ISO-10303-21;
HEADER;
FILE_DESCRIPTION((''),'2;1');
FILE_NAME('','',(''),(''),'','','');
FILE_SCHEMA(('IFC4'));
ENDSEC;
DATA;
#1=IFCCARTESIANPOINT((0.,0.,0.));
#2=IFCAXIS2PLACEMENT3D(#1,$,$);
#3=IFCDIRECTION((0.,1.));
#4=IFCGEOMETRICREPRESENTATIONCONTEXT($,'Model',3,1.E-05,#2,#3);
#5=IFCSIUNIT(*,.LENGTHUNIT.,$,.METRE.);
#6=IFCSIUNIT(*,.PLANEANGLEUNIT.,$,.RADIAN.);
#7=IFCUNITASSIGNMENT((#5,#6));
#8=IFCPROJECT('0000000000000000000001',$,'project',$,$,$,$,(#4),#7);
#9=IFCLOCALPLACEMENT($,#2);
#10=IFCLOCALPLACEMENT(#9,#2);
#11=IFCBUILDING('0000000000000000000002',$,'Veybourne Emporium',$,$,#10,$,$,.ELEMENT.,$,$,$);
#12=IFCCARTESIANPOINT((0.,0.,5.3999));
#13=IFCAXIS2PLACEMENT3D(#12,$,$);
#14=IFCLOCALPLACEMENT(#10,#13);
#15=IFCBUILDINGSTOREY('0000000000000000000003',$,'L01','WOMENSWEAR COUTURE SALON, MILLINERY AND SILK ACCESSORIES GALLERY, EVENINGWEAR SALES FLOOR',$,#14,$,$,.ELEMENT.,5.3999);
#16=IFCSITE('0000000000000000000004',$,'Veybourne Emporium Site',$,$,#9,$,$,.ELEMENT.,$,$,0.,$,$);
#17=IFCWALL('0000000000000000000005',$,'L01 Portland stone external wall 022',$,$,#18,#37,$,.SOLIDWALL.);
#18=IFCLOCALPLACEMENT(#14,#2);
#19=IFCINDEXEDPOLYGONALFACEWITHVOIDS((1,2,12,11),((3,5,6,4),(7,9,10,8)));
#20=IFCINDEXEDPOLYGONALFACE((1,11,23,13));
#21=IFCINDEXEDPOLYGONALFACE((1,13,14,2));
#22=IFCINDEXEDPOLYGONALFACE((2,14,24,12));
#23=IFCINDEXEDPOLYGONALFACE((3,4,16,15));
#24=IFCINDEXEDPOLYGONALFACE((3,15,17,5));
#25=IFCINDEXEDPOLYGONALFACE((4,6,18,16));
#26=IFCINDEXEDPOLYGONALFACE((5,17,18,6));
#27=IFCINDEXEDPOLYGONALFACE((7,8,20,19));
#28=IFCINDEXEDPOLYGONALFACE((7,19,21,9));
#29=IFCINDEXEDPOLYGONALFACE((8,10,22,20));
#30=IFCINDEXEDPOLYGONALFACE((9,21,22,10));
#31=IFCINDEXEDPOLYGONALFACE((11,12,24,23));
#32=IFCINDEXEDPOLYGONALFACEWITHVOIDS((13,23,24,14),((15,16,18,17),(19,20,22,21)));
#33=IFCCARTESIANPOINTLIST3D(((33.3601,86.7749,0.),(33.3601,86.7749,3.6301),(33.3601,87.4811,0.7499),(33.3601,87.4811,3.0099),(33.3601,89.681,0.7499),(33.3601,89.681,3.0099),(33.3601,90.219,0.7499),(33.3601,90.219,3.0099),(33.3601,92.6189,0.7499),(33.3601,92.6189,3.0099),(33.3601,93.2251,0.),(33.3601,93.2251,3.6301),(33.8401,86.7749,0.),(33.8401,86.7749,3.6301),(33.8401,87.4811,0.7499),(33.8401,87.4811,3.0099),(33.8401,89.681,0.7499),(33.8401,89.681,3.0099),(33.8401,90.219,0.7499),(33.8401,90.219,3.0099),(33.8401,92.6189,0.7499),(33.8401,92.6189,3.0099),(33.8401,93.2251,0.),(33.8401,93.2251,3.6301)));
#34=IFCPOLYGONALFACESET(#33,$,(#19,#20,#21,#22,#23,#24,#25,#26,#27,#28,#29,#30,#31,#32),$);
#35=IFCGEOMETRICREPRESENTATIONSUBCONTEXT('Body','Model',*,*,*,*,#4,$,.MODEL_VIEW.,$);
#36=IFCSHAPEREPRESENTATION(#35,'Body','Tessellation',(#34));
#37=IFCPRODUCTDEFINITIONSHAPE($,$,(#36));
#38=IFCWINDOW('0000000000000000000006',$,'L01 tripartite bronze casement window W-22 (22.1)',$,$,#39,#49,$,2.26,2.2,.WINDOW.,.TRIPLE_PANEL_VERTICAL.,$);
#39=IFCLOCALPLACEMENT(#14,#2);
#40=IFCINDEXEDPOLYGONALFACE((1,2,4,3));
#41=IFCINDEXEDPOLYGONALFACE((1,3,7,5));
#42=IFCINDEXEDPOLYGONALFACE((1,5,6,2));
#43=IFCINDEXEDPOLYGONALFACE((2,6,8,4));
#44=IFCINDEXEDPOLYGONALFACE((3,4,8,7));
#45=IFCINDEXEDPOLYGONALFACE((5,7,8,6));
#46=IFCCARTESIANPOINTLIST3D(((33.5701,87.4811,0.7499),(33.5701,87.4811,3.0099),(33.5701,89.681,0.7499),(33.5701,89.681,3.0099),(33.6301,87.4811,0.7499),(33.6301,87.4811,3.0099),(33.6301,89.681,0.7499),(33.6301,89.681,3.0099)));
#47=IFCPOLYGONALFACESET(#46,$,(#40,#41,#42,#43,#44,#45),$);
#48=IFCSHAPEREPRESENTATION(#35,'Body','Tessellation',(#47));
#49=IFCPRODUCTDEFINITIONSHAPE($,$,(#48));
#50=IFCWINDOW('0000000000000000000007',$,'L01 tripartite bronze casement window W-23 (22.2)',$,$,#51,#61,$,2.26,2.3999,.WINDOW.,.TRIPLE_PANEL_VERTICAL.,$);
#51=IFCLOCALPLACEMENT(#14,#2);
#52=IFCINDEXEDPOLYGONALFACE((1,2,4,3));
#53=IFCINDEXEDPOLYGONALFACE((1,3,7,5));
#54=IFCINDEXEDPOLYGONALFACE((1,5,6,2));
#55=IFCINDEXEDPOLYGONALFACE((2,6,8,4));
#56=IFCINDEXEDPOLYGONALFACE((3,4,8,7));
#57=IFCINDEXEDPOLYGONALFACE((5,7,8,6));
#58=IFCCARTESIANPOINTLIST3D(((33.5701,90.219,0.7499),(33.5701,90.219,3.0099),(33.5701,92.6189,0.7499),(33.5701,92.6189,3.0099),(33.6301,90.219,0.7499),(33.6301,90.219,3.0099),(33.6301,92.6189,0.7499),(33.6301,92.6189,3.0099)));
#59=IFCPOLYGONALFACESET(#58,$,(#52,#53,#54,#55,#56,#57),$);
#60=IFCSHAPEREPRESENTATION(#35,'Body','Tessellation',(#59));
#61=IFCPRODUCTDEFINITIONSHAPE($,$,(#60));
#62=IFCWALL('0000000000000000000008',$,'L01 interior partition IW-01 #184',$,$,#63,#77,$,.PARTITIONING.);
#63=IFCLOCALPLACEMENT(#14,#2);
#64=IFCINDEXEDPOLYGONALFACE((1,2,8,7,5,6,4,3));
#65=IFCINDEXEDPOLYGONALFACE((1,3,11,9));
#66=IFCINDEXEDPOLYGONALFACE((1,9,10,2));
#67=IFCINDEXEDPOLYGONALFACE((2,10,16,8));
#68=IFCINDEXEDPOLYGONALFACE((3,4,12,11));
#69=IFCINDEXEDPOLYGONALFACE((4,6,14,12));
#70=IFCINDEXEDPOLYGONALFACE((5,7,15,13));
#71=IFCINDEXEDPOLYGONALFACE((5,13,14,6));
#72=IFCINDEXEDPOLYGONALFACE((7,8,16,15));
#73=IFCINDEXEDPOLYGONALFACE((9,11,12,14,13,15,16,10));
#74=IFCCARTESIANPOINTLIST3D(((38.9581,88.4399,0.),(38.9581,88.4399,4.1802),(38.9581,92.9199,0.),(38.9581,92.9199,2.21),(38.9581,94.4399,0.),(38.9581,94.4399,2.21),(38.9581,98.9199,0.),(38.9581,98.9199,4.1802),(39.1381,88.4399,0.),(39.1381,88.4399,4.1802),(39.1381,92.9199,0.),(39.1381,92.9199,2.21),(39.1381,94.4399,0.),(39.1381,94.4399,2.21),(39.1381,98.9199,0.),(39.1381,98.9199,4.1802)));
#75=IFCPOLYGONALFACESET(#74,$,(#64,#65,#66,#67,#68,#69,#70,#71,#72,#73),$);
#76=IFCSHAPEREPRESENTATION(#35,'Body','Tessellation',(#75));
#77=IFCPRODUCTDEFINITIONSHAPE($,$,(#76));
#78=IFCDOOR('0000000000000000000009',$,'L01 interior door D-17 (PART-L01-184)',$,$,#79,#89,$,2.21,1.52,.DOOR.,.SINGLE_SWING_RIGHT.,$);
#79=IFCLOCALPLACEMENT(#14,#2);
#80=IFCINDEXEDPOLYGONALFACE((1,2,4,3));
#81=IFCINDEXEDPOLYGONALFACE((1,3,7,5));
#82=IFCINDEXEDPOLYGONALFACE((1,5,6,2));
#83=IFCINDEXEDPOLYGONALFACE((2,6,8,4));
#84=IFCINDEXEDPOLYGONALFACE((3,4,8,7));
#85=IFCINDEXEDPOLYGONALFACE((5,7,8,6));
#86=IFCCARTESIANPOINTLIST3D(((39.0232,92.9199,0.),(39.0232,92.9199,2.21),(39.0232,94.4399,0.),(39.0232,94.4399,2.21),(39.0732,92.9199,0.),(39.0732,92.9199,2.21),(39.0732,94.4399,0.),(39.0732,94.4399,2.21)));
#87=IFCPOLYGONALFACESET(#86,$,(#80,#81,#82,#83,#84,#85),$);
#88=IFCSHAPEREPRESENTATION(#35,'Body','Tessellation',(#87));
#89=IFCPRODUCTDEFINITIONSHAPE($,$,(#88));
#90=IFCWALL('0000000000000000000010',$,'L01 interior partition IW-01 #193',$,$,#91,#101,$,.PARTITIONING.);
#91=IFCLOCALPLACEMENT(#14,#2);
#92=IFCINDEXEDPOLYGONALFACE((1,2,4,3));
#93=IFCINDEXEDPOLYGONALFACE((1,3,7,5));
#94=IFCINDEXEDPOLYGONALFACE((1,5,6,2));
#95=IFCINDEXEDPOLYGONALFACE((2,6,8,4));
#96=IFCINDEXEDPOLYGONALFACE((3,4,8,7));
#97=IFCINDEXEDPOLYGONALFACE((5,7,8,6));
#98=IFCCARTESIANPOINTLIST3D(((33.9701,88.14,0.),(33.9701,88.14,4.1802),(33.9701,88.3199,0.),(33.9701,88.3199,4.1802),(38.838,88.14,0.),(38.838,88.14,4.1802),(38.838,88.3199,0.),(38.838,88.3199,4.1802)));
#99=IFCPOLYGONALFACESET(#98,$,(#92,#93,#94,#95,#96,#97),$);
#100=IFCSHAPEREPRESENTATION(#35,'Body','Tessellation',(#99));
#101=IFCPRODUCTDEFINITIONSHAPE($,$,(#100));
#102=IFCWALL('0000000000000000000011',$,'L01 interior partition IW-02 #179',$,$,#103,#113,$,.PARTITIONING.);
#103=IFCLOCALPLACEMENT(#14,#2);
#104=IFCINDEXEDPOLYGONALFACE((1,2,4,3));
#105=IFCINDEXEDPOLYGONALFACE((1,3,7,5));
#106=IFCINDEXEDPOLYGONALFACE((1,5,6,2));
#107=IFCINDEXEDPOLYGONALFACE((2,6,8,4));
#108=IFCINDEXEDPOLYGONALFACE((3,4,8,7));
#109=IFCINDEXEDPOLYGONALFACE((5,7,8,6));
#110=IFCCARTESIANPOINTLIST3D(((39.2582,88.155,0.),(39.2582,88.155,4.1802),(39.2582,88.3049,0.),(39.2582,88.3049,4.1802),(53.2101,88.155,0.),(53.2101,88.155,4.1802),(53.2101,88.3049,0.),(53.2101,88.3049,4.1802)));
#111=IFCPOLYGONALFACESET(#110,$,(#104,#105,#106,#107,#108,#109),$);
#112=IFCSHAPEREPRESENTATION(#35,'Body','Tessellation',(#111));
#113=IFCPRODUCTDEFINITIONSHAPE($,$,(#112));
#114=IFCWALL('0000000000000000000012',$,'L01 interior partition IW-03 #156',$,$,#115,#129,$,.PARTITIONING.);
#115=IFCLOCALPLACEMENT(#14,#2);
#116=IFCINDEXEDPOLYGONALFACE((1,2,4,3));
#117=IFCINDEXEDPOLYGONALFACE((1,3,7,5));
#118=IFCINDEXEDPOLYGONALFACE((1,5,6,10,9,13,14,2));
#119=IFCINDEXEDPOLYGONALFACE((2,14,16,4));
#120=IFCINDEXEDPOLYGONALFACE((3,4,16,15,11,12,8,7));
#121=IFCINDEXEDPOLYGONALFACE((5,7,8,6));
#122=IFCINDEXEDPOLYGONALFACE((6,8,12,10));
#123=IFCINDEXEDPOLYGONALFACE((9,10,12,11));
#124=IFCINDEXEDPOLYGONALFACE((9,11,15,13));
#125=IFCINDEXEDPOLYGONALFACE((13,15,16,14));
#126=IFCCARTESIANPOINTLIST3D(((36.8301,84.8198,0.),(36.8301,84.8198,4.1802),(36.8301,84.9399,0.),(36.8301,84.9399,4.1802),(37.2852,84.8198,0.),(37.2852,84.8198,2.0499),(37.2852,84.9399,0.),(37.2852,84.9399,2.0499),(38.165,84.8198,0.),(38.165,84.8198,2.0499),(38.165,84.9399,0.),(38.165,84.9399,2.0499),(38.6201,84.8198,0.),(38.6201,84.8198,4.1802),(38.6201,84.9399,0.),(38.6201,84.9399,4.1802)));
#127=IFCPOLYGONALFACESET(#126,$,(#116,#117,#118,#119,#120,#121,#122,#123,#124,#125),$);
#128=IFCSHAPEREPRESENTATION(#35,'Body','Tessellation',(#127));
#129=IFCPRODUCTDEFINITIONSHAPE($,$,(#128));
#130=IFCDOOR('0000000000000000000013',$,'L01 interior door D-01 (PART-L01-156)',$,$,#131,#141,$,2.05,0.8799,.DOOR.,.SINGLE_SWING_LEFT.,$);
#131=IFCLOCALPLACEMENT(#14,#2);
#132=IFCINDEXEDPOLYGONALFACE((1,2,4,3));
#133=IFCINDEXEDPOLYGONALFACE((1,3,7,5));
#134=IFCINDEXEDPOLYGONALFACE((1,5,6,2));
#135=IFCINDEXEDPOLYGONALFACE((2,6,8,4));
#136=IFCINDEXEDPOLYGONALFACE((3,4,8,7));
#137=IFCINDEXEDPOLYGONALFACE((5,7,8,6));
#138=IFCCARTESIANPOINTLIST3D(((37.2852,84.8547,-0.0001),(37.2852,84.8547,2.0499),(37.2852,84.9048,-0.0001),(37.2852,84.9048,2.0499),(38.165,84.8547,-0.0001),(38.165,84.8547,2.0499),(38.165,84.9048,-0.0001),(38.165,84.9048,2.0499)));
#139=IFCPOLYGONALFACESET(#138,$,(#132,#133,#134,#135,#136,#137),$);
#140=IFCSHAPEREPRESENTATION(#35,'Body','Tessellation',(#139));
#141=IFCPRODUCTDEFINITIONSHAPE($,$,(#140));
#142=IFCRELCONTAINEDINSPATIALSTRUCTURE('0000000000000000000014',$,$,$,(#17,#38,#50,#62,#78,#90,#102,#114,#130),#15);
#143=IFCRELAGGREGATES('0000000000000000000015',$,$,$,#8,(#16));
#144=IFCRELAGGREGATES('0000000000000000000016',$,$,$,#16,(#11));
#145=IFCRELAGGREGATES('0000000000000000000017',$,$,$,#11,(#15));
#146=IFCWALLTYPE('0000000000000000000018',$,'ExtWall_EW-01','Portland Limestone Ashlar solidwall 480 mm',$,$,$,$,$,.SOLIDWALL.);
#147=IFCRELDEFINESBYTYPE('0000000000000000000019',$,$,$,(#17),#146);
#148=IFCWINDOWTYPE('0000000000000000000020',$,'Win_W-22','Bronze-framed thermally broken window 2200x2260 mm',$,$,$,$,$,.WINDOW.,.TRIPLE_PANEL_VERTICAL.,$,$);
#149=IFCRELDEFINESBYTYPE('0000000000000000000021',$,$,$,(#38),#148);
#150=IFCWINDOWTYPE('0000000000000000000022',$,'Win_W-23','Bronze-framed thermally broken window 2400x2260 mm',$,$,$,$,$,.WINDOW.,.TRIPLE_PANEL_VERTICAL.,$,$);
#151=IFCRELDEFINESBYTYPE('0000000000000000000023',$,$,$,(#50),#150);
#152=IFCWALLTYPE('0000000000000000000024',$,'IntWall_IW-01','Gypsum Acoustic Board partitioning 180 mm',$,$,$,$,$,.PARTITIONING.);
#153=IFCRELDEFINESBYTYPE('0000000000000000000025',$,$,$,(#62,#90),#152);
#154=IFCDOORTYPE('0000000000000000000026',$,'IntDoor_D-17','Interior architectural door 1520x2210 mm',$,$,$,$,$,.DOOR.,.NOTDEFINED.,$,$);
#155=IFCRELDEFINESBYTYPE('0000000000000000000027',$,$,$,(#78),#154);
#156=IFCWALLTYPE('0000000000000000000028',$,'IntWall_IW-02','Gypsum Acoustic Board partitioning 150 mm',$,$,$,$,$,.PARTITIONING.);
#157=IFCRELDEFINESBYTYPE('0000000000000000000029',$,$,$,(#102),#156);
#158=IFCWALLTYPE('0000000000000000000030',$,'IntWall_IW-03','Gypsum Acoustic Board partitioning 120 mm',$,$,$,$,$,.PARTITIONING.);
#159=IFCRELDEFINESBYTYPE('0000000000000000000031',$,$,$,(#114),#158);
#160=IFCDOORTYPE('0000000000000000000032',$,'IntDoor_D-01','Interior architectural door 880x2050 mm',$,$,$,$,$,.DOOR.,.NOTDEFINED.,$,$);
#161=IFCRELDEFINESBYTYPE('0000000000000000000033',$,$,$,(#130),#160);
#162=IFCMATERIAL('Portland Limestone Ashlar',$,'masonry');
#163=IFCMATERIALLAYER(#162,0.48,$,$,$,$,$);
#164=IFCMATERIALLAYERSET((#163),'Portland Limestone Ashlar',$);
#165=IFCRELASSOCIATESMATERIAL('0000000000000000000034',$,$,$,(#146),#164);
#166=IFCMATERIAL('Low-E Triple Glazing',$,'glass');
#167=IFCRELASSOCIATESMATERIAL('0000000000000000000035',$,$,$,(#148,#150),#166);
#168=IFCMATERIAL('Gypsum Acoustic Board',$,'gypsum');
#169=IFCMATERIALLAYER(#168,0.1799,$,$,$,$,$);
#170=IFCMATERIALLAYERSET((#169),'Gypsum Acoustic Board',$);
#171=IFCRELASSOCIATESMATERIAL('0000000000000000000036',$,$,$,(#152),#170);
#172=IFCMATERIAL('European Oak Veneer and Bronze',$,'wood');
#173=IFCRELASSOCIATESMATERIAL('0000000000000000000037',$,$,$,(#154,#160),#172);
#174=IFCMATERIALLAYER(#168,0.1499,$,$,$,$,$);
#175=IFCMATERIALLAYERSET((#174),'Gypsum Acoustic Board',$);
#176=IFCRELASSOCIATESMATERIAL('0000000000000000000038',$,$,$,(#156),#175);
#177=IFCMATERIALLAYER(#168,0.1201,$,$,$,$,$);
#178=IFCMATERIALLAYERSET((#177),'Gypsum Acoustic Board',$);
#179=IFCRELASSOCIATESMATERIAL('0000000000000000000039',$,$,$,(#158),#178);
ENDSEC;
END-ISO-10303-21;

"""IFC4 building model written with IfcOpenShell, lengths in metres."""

from ifc_helpers import new_model, si_unit, direction, frame, frame_2d, origin, place, context, subcontext, project, spatial, rectangle, extrude, material, layer, layer_set, type_object, element, fill, save


model = new_model("IFC4")

# Units and contexts
model_context = context("Model", 3, precision=1e-05, world=origin(), true_north=direction((0.0, 1.0)))
body_context = subcontext(model_context, "Body", "Model", "MODEL_VIEW")
ifc_project = project(units=[si_unit("LENGTHUNIT", "METRE"), si_unit("PLANEANGLEUNIT", "RADIAN")], contexts=[model_context])

# Site, building, storey
site_placement = place(None, origin())
site = spatial("IfcSite", under=ifc_project, at=site_placement, Name="Veybourne Emporium Site", CompositionType="ELEMENT", RefElevation=0.0)
building_placement = place(site_placement, origin())
building = spatial("IfcBuilding", under=site, at=building_placement, Name="Veybourne Emporium", CompositionType="ELEMENT")
storey_placement = place(building_placement, frame((0.0, 0.0, 5.3999)))
storey = spatial("IfcBuildingStorey", under=building, at=storey_placement, Name="L01", Description="WOMENSWEAR COUTURE SALON, MILLINERY AND SILK ACCESSORIES GALLERY, EVENINGWEAR SALES FLOOR", CompositionType="ELEMENT", Elevation=5.3999)

# Wall, openings, windows
ifc_material_1 = material(Name="Portland Limestone Ashlar", Category="masonry")
ifc_layer_1 = layer(ifc_material_1, 0.48)
ifc_layer_set_1 = layer_set([ifc_layer_1], Name="Portland Limestone Ashlar")
wall_type_1 = type_object("IfcWallType", Name="ExtWall_EW-01", Description="Portland Limestone Ashlar solidwall 480 mm", PredefinedType="SOLIDWALL", material=ifc_layer_set_1)
wall_1_placement = place(storey_placement, frame((33.6001, 86.7749, 0.0), z_axis=(0.0, 0.0, 1.0), x_axis=(0.0, 1.0, 0.0)))
wall_1 = element("IfcWall", 1, at=wall_1_placement, inside=storey, type_object=wall_type_1, Name="L01 Portland stone external wall 022", PredefinedType="SOLIDWALL", context=body_context, shape_type="SweptSolid", body=[
    extrude(rectangle(XDim=6.4502, YDim=0.48, at=frame_2d((3.2251, 0.0))), origin(), (0.0, 0.0, 1.0), 3.6301),
])
opening_1_placement = place(wall_1_placement, frame((0.7061, 0.0, 0.75)))
opening_1 = element("IfcOpeningElement", 2, at=opening_1_placement, cuts=wall_1, PredefinedType="OPENING", context=body_context, shape_type="SweptSolid", body=[
    extrude(rectangle(XDim=2.2, YDim=2.26, at=frame_2d((1.1001, 1.1299))), frame((0.0, 0.26, 0.0), z_axis=(0.0, -1.0, 0.0), x_axis=(1.0, 0.0, 0.0)), (0.0, 0.0, 1.0), 0.52),
])
opening_2_placement = place(wall_1_placement, frame((3.4441, 0.0, 0.75)))
opening_2 = element("IfcOpeningElement", 3, at=opening_2_placement, cuts=wall_1, PredefinedType="OPENING", context=body_context, shape_type="SweptSolid", body=[
    extrude(rectangle(XDim=2.3999, YDim=2.26, at=frame_2d((1.2, 1.1299))), frame((0.0, 0.26, 0.0), z_axis=(0.0, -1.0, 0.0), x_axis=(1.0, 0.0, 0.0)), (0.0, 0.0, 1.0), 0.52),
])
ifc_material_2 = material(Name="Low-E Triple Glazing", Category="glass")
window_type_1 = type_object("IfcWindowType", Name="Win_W-22", Description="Bronze-framed thermally broken window 2200x2260 mm", PartitioningType="TRIPLE_PANEL_VERTICAL", PredefinedType="WINDOW", material=ifc_material_2)
window_1_placement = place(opening_1_placement, origin())
window_1 = element("IfcWindow", 4, at=window_1_placement, inside=storey, type_object=window_type_1, Name="L01 tripartite bronze casement window W-22 (22.1)", OverallHeight=2.26, OverallWidth=2.2, PartitioningType="TRIPLE_PANEL_VERTICAL", PredefinedType="WINDOW", context=body_context, shape_type="SweptSolid", body=[
    extrude(rectangle(XDim=2.2, YDim=2.26, at=frame_2d((1.1001, 1.1299))), frame((0.0, 0.03, 0.0), z_axis=(0.0, -1.0, 0.0), x_axis=(1.0, 0.0, 0.0)), (0.0, 0.0, 1.0), 0.0601),
])
fill(opening_1, window_1)
window_type_2 = type_object("IfcWindowType", Name="Win_W-23", Description="Bronze-framed thermally broken window 2400x2260 mm", PartitioningType="TRIPLE_PANEL_VERTICAL", PredefinedType="WINDOW", material=ifc_material_2)
window_2_placement = place(opening_2_placement, origin())
window_2 = element("IfcWindow", 5, at=window_2_placement, inside=storey, type_object=window_type_2, Name="L01 tripartite bronze casement window W-23 (22.2)", OverallHeight=2.26, OverallWidth=2.3999, PartitioningType="TRIPLE_PANEL_VERTICAL", PredefinedType="WINDOW", context=body_context, shape_type="SweptSolid", body=[
    extrude(rectangle(XDim=2.3999, YDim=2.26, at=frame_2d((1.2, 1.1299))), frame((0.0, 0.03, 0.0), z_axis=(0.0, -1.0, 0.0), x_axis=(1.0, 0.0, 0.0)), (0.0, 0.0, 1.0), 0.0601),
])
fill(opening_2, window_2)

# Wall, opening, door
ifc_material_3 = material(Name="Gypsum Acoustic Board", Category="gypsum")
ifc_layer_2 = layer(ifc_material_3, 0.1799)
ifc_layer_set_2 = layer_set([ifc_layer_2], Name="Gypsum Acoustic Board")
wall_type_2 = type_object("IfcWallType", Name="IntWall_IW-01", Description="Gypsum Acoustic Board partitioning 180 mm", PredefinedType="PARTITIONING", material=ifc_layer_set_2)
wall_2_placement = place(storey_placement, frame((39.0481, 88.4399, 0.0), z_axis=(0.0, 0.0, 1.0), x_axis=(0.0, 1.0, 0.0)))
wall_2 = element("IfcWall", 6, at=wall_2_placement, inside=storey, type_object=wall_type_2, Name="L01 interior partition IW-01 #184", PredefinedType="PARTITIONING", context=body_context, shape_type="SweptSolid", body=[
    extrude(rectangle(XDim=10.48, YDim=0.1799, at=frame_2d((5.24, 0.0))), origin(), (0.0, 0.0, 1.0), 4.1802),
])
opening_3_placement = place(wall_2_placement, frame((4.48, 0.0, 0.0)))
opening_3 = element("IfcOpeningElement", 7, at=opening_3_placement, cuts=wall_2, PredefinedType="OPENING", context=body_context, shape_type="SweptSolid", body=[
    extrude(rectangle(XDim=1.52, YDim=2.21, at=frame_2d((0.76, 1.105))), frame((0.0, 0.1099, 0.0), z_axis=(0.0, -1.0, 0.0), x_axis=(1.0, 0.0, 0.0)), (0.0, 0.0, 1.0), 0.22),
])
ifc_material_4 = material(Name="European Oak Veneer and Bronze", Category="wood")
door_type_1 = type_object("IfcDoorType", Name="IntDoor_D-17", Description="Interior architectural door 1520x2210 mm", OperationType="NOTDEFINED", PredefinedType="DOOR", material=ifc_material_4)
door_1_placement = place(opening_3_placement, origin())
door_1 = element("IfcDoor", 8, at=door_1_placement, inside=storey, type_object=door_type_1, Name="L01 interior door D-17 (PART-L01-184)", OperationType="SINGLE_SWING_RIGHT", OverallHeight=2.21, OverallWidth=1.52, PredefinedType="DOOR", context=body_context, shape_type="SweptSolid", body=[
    extrude(rectangle(XDim=1.52, YDim=2.21, at=frame_2d((0.76, 1.105))), frame((0.0, 0.0249, 0.0), z_axis=(0.0, -1.0, 0.0), x_axis=(1.0, 0.0, 0.0)), (0.0, 0.0, 1.0), 0.05),
])
fill(opening_3, door_1)

# Walls
wall_3_placement = place(storey_placement, frame((33.97, 88.23, 0.0), z_axis=(0.0, 0.0, 1.0), x_axis=(1.0, 0.0, 0.0)))
element("IfcWall", 9, at=wall_3_placement, inside=storey, type_object=wall_type_2, Name="L01 interior partition IW-01 #193", PredefinedType="PARTITIONING", context=body_context, shape_type="SweptSolid", body=[
    extrude(rectangle(XDim=4.8679, YDim=0.1799, at=frame_2d((2.4341, 0.0))), origin(), (0.0, 0.0, 1.0), 4.1802),
])
ifc_layer_3 = layer(ifc_material_3, 0.1499)
ifc_layer_set_3 = layer_set([ifc_layer_3], Name="Gypsum Acoustic Board")
wall_type_3 = type_object("IfcWallType", Name="IntWall_IW-02", Description="Gypsum Acoustic Board partitioning 150 mm", PredefinedType="PARTITIONING", material=ifc_layer_set_3)
wall_4_placement = place(storey_placement, frame((39.2581, 88.23, 0.0), z_axis=(0.0, 0.0, 1.0), x_axis=(1.0, 0.0, 0.0)))
element("IfcWall", 10, at=wall_4_placement, inside=storey, type_object=wall_type_3, Name="L01 interior partition IW-02 #179", PredefinedType="PARTITIONING", context=body_context, shape_type="SweptSolid", body=[
    extrude(rectangle(XDim=13.9519, YDim=0.1499, at=frame_2d((6.9761, 0.0))), origin(), (0.0, 0.0, 1.0), 4.1802),
])

# Wall, opening, door
ifc_layer_4 = layer(ifc_material_3, 0.1201)
ifc_layer_set_4 = layer_set([ifc_layer_4], Name="Gypsum Acoustic Board")
wall_type_4 = type_object("IfcWallType", Name="IntWall_IW-03", Description="Gypsum Acoustic Board partitioning 120 mm", PredefinedType="PARTITIONING", material=ifc_layer_set_4)
wall_5_placement = place(storey_placement, frame((36.8301, 84.8799, 0.0), z_axis=(0.0, 0.0, 1.0), x_axis=(1.0, 0.0, 0.0)))
wall_5 = element("IfcWall", 11, at=wall_5_placement, inside=storey, type_object=wall_type_4, Name="L01 interior partition IW-03 #156", PredefinedType="PARTITIONING", context=body_context, shape_type="SweptSolid", body=[
    extrude(rectangle(XDim=1.79, YDim=0.1201, at=frame_2d((0.895, 0.0))), origin(), (0.0, 0.0, 1.0), 4.1802),
])
opening_4_placement = place(wall_5_placement, frame((0.4551, 0.0, 0.0)))
opening_4 = element("IfcOpeningElement", 12, at=opening_4_placement, cuts=wall_5, PredefinedType="OPENING", context=body_context, shape_type="SweptSolid", body=[
    extrude(rectangle(XDim=0.8799, YDim=2.05, at=frame_2d((0.4399, 1.0249))), frame((0.0, 0.0801, 0.0), z_axis=(0.0, -1.0, 0.0), x_axis=(1.0, 0.0, 0.0)), (0.0, 0.0, 1.0), 0.1602),
])
door_type_2 = type_object("IfcDoorType", Name="IntDoor_D-01", Description="Interior architectural door 880x2050 mm", OperationType="NOTDEFINED", PredefinedType="DOOR", material=ifc_material_4)
door_2_placement = place(opening_4_placement, origin())
door_2 = element("IfcDoor", 13, at=door_2_placement, inside=storey, type_object=door_type_2, Name="L01 interior door D-01 (PART-L01-156)", OperationType="SINGLE_SWING_LEFT", OverallHeight=2.05, OverallWidth=0.8799, PredefinedType="DOOR", context=body_context, shape_type="SweptSolid", body=[
    extrude(rectangle(XDim=0.8799, YDim=2.05, at=frame_2d((0.4399, 1.0249))), frame((0.0, 0.0249, 0.0), z_axis=(0.0, -1.0, 0.0), x_axis=(1.0, 0.0, 0.0)), (0.0, 0.0, 1.0), 0.05),
])
fill(opening_4, door_2)

save(model, "model.ifc")
